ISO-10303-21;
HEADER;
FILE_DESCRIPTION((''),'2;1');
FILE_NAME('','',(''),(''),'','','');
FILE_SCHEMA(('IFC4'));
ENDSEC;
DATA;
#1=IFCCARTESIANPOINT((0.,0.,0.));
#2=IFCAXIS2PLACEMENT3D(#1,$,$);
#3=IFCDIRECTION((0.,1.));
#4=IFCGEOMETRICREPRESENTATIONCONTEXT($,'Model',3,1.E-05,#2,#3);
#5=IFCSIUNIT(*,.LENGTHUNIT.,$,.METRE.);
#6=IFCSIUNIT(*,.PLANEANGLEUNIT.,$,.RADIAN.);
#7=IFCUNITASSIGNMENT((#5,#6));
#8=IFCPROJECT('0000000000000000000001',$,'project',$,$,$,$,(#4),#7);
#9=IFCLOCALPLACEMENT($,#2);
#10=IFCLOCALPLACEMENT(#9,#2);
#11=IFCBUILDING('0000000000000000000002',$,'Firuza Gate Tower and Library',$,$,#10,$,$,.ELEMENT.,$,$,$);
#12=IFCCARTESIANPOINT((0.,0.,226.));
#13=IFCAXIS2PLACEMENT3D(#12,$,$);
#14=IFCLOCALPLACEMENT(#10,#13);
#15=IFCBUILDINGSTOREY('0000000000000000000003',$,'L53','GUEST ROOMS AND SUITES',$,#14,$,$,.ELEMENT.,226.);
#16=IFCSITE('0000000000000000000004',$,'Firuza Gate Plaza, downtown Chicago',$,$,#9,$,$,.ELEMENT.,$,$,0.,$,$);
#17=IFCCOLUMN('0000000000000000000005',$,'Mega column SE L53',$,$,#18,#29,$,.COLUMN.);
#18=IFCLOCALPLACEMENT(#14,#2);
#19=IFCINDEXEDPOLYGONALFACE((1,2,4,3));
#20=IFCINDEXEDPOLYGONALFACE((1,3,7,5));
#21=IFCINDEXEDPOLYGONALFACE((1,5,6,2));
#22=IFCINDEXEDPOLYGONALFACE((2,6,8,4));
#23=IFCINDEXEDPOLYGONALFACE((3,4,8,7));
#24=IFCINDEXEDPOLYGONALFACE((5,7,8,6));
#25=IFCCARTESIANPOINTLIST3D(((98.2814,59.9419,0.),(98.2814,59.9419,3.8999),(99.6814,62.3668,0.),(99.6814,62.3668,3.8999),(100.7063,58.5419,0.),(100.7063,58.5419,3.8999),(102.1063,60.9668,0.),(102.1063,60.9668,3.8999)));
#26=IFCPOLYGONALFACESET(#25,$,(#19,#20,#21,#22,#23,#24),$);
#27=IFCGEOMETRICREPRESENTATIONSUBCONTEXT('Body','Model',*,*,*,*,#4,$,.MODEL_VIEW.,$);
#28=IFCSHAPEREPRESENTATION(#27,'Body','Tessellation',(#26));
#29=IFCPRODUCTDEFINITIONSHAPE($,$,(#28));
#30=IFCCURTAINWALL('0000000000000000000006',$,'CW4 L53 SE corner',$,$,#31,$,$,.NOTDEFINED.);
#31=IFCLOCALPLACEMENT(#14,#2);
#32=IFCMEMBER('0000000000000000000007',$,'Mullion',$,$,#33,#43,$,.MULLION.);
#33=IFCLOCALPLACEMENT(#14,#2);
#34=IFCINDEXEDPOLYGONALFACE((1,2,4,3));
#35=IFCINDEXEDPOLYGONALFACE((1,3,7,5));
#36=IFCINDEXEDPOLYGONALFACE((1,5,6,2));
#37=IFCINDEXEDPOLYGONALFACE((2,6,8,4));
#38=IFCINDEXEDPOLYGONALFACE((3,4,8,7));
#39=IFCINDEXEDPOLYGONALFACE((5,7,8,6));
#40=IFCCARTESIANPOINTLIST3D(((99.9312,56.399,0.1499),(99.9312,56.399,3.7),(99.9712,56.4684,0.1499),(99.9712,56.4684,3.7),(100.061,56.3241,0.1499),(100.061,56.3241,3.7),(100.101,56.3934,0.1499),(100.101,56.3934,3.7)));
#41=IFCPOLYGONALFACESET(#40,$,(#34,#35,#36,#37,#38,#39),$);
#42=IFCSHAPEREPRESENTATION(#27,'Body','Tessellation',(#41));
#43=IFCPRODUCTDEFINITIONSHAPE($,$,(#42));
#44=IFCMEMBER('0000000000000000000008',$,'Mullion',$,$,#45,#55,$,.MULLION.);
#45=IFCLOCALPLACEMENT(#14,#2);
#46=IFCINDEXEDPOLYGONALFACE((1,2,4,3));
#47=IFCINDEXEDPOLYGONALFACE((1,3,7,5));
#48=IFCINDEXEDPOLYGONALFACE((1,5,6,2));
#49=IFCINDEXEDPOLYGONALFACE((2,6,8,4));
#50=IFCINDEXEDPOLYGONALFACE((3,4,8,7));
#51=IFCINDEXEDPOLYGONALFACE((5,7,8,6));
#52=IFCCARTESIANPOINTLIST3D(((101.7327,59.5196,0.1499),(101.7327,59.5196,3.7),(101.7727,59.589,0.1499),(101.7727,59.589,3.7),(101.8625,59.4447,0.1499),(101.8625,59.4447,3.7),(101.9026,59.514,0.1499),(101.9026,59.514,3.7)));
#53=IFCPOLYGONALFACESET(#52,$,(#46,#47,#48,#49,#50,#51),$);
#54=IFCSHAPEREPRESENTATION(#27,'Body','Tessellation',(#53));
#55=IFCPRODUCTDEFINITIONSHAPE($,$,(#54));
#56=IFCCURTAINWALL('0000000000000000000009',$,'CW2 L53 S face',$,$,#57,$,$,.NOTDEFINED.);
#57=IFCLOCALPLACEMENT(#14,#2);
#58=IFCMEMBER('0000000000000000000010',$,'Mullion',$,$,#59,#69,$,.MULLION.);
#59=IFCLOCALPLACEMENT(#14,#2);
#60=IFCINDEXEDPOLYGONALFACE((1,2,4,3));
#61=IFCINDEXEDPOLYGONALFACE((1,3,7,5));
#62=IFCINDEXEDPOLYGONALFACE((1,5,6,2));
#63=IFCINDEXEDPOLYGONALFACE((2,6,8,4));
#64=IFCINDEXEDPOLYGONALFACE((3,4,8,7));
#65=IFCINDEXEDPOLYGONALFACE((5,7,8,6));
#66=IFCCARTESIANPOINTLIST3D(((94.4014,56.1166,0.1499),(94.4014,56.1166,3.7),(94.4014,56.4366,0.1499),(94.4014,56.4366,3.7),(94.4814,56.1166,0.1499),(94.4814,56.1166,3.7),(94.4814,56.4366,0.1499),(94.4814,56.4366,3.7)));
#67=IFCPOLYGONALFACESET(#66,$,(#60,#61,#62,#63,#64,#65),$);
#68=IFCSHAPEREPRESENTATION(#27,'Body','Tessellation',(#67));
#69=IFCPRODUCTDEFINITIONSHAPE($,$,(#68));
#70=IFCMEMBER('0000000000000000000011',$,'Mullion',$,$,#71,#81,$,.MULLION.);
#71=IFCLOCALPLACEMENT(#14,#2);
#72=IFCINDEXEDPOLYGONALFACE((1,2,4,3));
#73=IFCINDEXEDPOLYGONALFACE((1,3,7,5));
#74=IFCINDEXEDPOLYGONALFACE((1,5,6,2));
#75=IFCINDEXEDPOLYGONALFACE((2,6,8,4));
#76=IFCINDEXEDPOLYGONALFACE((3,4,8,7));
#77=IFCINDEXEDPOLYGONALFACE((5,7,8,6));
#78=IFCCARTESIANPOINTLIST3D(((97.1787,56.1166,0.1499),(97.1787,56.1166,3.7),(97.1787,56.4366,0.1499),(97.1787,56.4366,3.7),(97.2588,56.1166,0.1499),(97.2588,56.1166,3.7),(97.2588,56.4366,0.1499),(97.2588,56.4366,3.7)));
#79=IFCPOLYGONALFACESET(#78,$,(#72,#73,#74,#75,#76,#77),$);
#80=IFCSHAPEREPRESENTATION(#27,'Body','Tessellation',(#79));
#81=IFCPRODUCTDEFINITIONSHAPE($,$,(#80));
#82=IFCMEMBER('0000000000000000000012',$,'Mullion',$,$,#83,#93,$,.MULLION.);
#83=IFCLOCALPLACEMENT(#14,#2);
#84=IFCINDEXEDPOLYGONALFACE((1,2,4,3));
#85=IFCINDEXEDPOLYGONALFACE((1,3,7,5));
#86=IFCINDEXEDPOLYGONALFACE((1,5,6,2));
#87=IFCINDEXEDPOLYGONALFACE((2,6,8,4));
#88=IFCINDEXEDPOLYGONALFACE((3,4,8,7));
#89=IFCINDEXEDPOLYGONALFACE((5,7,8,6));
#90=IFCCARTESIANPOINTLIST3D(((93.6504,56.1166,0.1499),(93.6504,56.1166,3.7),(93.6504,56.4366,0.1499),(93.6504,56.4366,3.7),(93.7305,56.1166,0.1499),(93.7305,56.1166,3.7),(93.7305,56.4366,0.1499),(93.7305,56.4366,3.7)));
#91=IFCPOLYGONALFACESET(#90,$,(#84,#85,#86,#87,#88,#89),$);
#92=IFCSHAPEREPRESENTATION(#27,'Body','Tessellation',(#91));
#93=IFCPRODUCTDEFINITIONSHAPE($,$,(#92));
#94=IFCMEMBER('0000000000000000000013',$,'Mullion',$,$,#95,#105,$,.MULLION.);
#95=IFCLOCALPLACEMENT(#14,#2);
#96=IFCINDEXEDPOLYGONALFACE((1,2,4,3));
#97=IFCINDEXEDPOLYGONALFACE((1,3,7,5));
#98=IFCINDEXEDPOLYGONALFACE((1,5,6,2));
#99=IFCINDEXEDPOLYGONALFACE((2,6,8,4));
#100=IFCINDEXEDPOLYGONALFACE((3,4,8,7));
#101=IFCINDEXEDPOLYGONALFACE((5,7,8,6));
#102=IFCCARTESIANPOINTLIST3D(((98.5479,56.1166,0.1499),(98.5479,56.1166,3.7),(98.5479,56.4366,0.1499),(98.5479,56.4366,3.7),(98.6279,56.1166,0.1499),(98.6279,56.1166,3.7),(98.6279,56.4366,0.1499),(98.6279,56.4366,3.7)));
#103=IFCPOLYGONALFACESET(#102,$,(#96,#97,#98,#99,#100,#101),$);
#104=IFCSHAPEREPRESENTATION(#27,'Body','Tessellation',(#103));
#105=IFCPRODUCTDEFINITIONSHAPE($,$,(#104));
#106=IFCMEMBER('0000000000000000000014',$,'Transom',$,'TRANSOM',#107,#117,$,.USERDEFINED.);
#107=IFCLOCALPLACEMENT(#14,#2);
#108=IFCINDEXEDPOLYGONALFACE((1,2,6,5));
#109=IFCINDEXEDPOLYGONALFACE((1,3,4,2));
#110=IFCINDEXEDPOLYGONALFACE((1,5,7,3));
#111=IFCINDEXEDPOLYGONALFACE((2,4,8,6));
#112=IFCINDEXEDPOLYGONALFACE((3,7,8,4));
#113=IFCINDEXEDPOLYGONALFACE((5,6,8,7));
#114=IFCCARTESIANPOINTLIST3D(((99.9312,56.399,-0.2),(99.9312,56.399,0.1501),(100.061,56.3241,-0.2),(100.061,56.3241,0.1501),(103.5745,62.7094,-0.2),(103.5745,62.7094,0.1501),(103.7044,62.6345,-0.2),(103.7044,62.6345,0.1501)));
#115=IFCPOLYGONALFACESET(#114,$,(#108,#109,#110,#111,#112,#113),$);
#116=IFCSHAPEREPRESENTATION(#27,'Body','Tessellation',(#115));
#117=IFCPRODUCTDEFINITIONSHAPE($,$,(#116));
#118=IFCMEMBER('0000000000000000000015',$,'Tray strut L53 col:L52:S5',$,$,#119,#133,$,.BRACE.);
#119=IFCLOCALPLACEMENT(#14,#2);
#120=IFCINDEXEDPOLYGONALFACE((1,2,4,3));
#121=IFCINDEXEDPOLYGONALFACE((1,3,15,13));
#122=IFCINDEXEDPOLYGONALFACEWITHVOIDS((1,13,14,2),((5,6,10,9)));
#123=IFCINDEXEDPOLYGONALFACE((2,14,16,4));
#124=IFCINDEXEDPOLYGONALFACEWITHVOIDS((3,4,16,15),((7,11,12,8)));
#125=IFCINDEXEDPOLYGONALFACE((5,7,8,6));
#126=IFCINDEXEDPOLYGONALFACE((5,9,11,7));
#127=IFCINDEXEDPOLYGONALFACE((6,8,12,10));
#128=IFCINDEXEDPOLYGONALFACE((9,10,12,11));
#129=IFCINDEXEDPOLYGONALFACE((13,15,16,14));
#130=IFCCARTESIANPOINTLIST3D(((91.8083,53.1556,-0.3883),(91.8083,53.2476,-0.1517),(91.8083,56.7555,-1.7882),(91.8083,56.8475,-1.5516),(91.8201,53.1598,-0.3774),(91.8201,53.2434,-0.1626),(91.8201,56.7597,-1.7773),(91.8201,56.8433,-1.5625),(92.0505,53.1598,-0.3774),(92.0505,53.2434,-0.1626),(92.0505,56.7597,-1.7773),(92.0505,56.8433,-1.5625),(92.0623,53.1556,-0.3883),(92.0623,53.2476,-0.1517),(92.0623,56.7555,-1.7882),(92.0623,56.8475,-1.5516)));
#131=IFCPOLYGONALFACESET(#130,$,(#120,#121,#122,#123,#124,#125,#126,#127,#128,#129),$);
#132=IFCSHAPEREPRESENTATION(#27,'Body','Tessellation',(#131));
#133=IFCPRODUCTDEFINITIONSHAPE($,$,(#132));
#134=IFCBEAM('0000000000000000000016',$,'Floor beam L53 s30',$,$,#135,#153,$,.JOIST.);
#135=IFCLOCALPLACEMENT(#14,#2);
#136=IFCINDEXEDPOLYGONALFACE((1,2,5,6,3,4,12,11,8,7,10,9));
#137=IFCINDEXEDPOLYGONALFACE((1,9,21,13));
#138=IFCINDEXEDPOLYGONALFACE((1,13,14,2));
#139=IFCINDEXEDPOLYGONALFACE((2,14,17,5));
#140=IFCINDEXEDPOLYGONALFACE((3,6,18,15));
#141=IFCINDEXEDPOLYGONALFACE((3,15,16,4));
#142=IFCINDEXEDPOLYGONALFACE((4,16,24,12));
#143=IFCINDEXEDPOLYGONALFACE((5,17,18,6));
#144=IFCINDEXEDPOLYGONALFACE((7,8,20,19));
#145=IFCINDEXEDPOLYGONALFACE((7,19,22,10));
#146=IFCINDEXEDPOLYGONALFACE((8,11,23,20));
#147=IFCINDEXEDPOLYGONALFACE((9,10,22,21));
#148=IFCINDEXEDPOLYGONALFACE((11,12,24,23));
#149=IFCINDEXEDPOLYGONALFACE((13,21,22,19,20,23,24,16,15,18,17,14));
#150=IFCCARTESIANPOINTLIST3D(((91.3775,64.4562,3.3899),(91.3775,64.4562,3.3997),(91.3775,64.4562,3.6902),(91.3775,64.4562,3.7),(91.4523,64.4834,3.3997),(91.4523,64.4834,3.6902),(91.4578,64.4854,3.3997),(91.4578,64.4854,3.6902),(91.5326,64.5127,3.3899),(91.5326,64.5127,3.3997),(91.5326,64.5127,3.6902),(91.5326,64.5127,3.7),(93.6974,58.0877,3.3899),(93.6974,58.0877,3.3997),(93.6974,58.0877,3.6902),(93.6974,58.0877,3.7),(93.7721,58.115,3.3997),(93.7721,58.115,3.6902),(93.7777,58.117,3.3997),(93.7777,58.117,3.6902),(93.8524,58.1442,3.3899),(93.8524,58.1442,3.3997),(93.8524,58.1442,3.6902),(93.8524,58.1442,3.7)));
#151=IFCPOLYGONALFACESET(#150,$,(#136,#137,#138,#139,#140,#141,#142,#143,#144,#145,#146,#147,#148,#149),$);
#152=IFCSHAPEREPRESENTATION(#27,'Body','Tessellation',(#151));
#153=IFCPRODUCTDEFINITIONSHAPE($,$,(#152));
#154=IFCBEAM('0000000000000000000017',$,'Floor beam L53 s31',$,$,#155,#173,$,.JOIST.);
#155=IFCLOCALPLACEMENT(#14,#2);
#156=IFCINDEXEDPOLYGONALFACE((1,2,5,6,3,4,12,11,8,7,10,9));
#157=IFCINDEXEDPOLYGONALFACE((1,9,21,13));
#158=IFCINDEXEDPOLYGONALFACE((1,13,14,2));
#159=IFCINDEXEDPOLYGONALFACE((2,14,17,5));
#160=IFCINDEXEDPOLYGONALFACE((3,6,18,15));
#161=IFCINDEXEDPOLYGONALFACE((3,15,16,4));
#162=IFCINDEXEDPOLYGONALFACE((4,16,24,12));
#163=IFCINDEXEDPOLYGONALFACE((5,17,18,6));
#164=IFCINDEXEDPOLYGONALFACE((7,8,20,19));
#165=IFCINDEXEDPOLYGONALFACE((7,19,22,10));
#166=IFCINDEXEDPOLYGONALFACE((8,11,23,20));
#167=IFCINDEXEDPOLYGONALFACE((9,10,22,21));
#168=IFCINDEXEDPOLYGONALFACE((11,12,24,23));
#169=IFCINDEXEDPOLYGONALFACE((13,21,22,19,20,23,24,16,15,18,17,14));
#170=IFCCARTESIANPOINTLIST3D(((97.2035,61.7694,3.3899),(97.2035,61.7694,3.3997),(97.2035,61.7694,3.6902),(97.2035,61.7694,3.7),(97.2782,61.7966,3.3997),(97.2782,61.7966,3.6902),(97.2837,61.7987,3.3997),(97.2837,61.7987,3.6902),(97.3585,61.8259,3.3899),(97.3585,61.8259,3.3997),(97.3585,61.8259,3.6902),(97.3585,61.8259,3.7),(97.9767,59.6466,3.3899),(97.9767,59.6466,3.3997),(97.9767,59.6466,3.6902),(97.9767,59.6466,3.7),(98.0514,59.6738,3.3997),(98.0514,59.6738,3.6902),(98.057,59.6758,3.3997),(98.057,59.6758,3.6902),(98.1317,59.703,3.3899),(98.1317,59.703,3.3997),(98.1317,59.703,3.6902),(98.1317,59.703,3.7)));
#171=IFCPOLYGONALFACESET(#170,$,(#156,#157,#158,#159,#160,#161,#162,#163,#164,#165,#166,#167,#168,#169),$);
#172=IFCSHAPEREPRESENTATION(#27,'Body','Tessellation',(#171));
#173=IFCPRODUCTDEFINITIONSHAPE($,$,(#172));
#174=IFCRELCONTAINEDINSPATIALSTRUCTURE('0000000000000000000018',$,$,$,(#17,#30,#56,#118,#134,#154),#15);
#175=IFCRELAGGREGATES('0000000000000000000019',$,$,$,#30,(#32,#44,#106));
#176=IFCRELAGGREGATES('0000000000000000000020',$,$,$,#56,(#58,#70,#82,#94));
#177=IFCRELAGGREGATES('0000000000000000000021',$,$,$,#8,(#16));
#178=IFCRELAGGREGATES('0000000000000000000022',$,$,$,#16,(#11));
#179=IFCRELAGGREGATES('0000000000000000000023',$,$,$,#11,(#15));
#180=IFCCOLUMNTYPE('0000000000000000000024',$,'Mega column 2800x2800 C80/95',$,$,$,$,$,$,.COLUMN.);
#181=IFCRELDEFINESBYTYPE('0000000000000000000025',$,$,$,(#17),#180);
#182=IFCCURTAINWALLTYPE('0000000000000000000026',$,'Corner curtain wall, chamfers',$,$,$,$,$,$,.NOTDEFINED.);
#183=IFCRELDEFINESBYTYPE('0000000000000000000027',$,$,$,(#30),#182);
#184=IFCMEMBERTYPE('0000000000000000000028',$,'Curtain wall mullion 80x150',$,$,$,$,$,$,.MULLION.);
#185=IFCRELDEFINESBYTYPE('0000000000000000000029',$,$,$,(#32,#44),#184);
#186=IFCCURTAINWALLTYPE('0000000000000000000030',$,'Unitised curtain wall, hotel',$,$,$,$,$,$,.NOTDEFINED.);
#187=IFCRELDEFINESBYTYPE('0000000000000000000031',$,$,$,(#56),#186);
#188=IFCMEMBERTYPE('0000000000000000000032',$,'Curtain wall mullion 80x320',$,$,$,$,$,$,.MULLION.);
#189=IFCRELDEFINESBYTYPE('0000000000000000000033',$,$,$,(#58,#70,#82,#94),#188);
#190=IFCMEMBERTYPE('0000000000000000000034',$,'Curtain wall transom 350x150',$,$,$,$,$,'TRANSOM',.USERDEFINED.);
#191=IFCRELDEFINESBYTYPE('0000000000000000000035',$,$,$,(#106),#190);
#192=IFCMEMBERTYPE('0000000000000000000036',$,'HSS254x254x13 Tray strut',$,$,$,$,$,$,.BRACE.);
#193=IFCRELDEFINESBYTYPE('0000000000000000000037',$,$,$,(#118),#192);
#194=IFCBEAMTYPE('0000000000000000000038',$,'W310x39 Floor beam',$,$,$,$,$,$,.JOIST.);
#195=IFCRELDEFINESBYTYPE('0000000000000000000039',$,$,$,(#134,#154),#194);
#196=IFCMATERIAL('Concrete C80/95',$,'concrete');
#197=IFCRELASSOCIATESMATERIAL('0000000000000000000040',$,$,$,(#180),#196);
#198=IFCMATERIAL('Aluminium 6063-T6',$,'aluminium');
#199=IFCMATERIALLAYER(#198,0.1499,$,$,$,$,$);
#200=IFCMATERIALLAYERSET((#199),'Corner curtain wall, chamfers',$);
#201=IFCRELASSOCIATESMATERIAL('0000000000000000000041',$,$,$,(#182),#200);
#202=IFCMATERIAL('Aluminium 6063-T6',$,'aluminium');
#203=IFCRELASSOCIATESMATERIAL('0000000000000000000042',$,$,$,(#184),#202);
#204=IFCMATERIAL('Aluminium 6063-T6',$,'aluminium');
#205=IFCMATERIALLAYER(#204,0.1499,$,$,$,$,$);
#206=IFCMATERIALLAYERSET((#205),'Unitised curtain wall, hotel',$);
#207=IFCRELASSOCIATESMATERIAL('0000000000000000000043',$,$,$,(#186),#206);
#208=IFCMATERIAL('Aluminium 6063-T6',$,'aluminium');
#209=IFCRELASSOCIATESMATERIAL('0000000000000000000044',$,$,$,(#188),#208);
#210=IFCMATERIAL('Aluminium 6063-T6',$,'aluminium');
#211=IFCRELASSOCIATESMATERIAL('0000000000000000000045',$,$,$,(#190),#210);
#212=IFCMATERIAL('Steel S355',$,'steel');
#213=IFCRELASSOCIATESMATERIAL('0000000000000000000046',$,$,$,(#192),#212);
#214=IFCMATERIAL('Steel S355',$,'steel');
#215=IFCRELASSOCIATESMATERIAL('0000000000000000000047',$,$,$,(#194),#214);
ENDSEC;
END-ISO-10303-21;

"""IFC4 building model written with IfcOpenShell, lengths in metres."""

from ifc_helpers import new_model, si_unit, direction, frame, origin, origin_2d, place, context, subcontext, project, spatial, rectangle, hollow_rectangle, i_section, extrude, material, layer, layer_set, material_profile, profile_set, type_object, element, aggregate, save


model = new_model("IFC4")

# Units and contexts
model_context = context("Model", 3, precision=1e-05, world=origin(), true_north=direction((0.0, 1.0)))
body_context = subcontext(model_context, "Body", "Model", "MODEL_VIEW")
ifc_project = project(units=[si_unit("LENGTHUNIT", "METRE"), si_unit("PLANEANGLEUNIT", "RADIAN")], contexts=[model_context])

# Site, building, storey
site_placement = place(None, origin())
site = spatial("IfcSite", under=ifc_project, at=site_placement, Name="Firuza Gate Plaza, downtown Chicago", CompositionType="ELEMENT", RefElevation=0.0)
building_placement = place(site_placement, origin())
building = spatial("IfcBuilding", under=site, at=building_placement, Name="Firuza Gate Tower and Library", CompositionType="ELEMENT")
storey_placement = place(building_placement, frame((0.0, 0.0, 226.0)))
storey = spatial("IfcBuildingStorey", under=building, at=storey_placement, Name="L53", Description="GUEST ROOMS AND SUITES", CompositionType="ELEMENT", Elevation=226.0)

# Column
ifc_material_1 = material(Name="Concrete C80/95", Category="concrete")
ifc_material_profile_1 = material_profile(ifc_material_1, rectangle(XDim=2.8, YDim=2.8, at=origin_2d()))
ifc_profile_set_1 = profile_set([ifc_material_profile_1], Name="Concrete C80/95")
column_type = type_object("IfcColumnType", Name="Mega column 2800x2800 C80/95", PredefinedType="COLUMN", material=ifc_profile_set_1)
column_placement = place(storey_placement, frame((100.1938, 60.4543, 0.0), z_axis=(0.0, 0.0, 1.0), x_axis=(0.5, 0.866025, 0.0)))
element("IfcColumn", 1, at=column_placement, inside=storey, type_object=column_type, Name="Mega column SE L53", PredefinedType="COLUMN", context=body_context, shape_type="SweptSolid", body=[
    extrude(rectangle(XDim=2.8, YDim=2.8, at=origin_2d()), origin(), (0.0, 0.0, 1.0), 3.8999),
])

# Curtain walls, members
ifc_material_2 = material(Name="Aluminium 6063-T6", Category="aluminium")
ifc_layer_1 = layer(ifc_material_2, 0.1499)
ifc_layer_set_1 = layer_set([ifc_layer_1], Name="Corner curtain wall, chamfers")
curtain_wall_type_1 = type_object("IfcCurtainWallType", Name="Corner curtain wall, chamfers", PredefinedType="NOTDEFINED", material=ifc_layer_set_1)
placement = place(storey_placement, origin())
curtain_wall_1 = element("IfcCurtainWall", 2, at=placement, inside=storey, type_object=curtain_wall_type_1, Name="CW4 L53 SE corner", PredefinedType="NOTDEFINED")
ifc_material_3 = material(Name="Aluminium 6063-T6", Category="aluminium")
ifc_material_profile_2 = material_profile(ifc_material_3, rectangle(XDim=0.1499, YDim=0.0801, at=origin_2d()))
ifc_profile_set_2 = profile_set([ifc_material_profile_2], Name="Aluminium 6063-T6")
member_type_1 = type_object("IfcMemberType", Name="Curtain wall mullion 80x150", PredefinedType="MULLION", material=ifc_profile_set_2)
member_1_placement = place(storey_placement, frame((100.0161, 56.3962, 0.1499), z_axis=(0.0, 0.0, 1.0), x_axis=(-0.866025, 0.5, 0.0)))
member_1 = element("IfcMember", 3, at=member_1_placement, type_object=member_type_1, Name="Mullion", PredefinedType="MULLION", context=body_context, shape_type="SweptSolid", body=[
    extrude(rectangle(XDim=0.1499, YDim=0.0801, at=origin_2d()), origin(), (0.0, 0.0, 1.0), 3.55),
])
member_2_placement = place(storey_placement, frame((101.8176, 59.5168, 0.1499), z_axis=(0.0, 0.0, 1.0), x_axis=(-0.866025, 0.5, 0.0)))
member_2 = element("IfcMember", 4, at=member_2_placement, type_object=member_type_1, Name="Mullion", PredefinedType="MULLION", context=body_context, shape_type="SweptSolid", body=[
    extrude(rectangle(XDim=0.1499, YDim=0.0801, at=origin_2d()), origin(), (0.0, 0.0, 1.0), 3.55),
])
ifc_material_4 = material(Name="Aluminium 6063-T6", Category="aluminium")
ifc_layer_2 = layer(ifc_material_4, 0.1499)
ifc_layer_set_2 = layer_set([ifc_layer_2], Name="Unitised curtain wall, hotel")
curtain_wall_type_2 = type_object("IfcCurtainWallType", Name="Unitised curtain wall, hotel", PredefinedType="NOTDEFINED", material=ifc_layer_set_2)
curtain_wall_2 = element("IfcCurtainWall", 5, at=placement, inside=storey, type_object=curtain_wall_type_2, Name="CW2 L53 S face", PredefinedType="NOTDEFINED")
ifc_material_5 = material(Name="Aluminium 6063-T6", Category="aluminium")
ifc_material_profile_3 = material_profile(ifc_material_5, rectangle(XDim=0.3201, YDim=0.0801, at=origin_2d()))
ifc_profile_set_3 = profile_set([ifc_material_profile_3], Name="Aluminium 6063-T6")
member_type_2 = type_object("IfcMemberType", Name="Curtain wall mullion 80x320", PredefinedType="MULLION", material=ifc_profile_set_3)
member_3_placement = place(storey_placement, frame((94.4414, 56.2766, 0.1499), z_axis=(0.0, 0.0, 1.0), x_axis=(0.0, 1.0, 0.0)))
member_3 = element("IfcMember", 6, at=member_3_placement, type_object=member_type_2, Name="Mullion", PredefinedType="MULLION", context=body_context, shape_type="SweptSolid", body=[
    extrude(rectangle(XDim=0.3201, YDim=0.0801, at=origin_2d()), origin(), (0.0, 0.0, 1.0), 3.55),
])
member_4_placement = place(storey_placement, frame((97.2188, 56.2766, 0.1499), z_axis=(0.0, 0.0, 1.0), x_axis=(0.0, 1.0, 0.0)))
member_4 = element("IfcMember", 7, at=member_4_placement, type_object=member_type_2, Name="Mullion", PredefinedType="MULLION", context=body_context, shape_type="SweptSolid", body=[
    extrude(rectangle(XDim=0.3201, YDim=0.0801, at=origin_2d()), origin(), (0.0, 0.0, 1.0), 3.55),
])
member_5_placement = place(storey_placement, frame((93.6904, 56.2766, 0.1499), z_axis=(0.0, 0.0, 1.0), x_axis=(0.0, 1.0, 0.0)))
member_5 = element("IfcMember", 8, at=member_5_placement, type_object=member_type_2, Name="Mullion", PredefinedType="MULLION", context=body_context, shape_type="SweptSolid", body=[
    extrude(rectangle(XDim=0.3201, YDim=0.0801, at=origin_2d()), origin(), (0.0, 0.0, 1.0), 3.55),
])
member_6_placement = place(storey_placement, frame((98.5879, 56.2766, 0.1499), z_axis=(0.0, 0.0, 1.0), x_axis=(0.0, 1.0, 0.0)))
member_6 = element("IfcMember", 9, at=member_6_placement, type_object=member_type_2, Name="Mullion", PredefinedType="MULLION", context=body_context, shape_type="SweptSolid", body=[
    extrude(rectangle(XDim=0.3201, YDim=0.0801, at=origin_2d()), origin(), (0.0, 0.0, 1.0), 3.55),
])

# Members
ifc_material_6 = material(Name="Aluminium 6063-T6", Category="aluminium")
ifc_material_profile_4 = material_profile(ifc_material_6, rectangle(XDim=0.1499, YDim=0.3501, at=origin_2d()))
ifc_profile_set_4 = profile_set([ifc_material_profile_4], Name="Aluminium 6063-T6")
member_type_3 = type_object("IfcMemberType", Name="Curtain wall transom 350x150", ElementType="TRANSOM", PredefinedType="USERDEFINED", material=ifc_profile_set_4)
member_7_placement = place(storey_placement, frame((99.9961, 56.3616, -0.0249), z_axis=(0.500006, 0.866022, 0.0), x_axis=(-0.866022, 0.500006, 0.0)))
member_7 = element("IfcMember", 10, at=member_7_placement, type_object=member_type_3, Name="Transom", ObjectType="TRANSOM", PredefinedType="USERDEFINED", context=body_context, shape_type="SweptSolid", body=[
    extrude(rectangle(XDim=0.1499, YDim=0.3501, at=origin_2d()), origin(), (0.0, 0.0, 1.0), 7.2866),
])
ifc_material_7 = material(Name="Steel S355", Category="steel")
ifc_material_profile_5 = material_profile(ifc_material_7, hollow_rectangle(XDim=0.2539, YDim=0.2539, WallThickness=0.0117, at=origin_2d()))
ifc_profile_set_5 = profile_set([ifc_material_profile_5], Name="Steel S355")
member_type_4 = type_object("IfcMemberType", Name="HSS254x254x13 Tray strut", PredefinedType="BRACE", material=ifc_profile_set_5)
member_8_placement = place(storey_placement, frame((91.9353, 56.8015, -1.6699), z_axis=(0.0, -0.932008, 0.362437), x_axis=(1.0, 0.0, 0.0)))
element("IfcMember", 11, at=member_8_placement, inside=storey, type_object=member_type_4, Name="Tray strut L53 col:L52:S5", PredefinedType="BRACE", context=body_context, shape_type="SweptSolid", body=[
    extrude(hollow_rectangle(XDim=0.2539, YDim=0.2539, WallThickness=0.0117, at=origin_2d()), origin(), (0.0, 0.0, 1.0), 3.8625),
])

# Beams
ifc_material_8 = material(Name="Steel S355", Category="steel")
ifc_material_profile_6 = material_profile(ifc_material_8, i_section(OverallWidth=0.165, OverallDepth=0.3101, WebThickness=0.0059, FlangeThickness=0.0098, at=origin_2d()))
ifc_profile_set_6 = profile_set([ifc_material_profile_6], Name="Steel S355")
beam_type_1 = type_object("IfcBeamType", Name="W310x39 Floor beam", PredefinedType="JOIST", material=ifc_profile_set_6)
beam_1_placement = place(storey_placement, frame((93.7749, 58.116, 3.5449), z_axis=(-0.342269, 0.939602, 0.0), x_axis=(-0.939602, -0.342269, 0.0)))
element("IfcBeam", 12, at=beam_1_placement, inside=storey, type_object=beam_type_1, Name="Floor beam L53 s30", PredefinedType="JOIST", context=body_context, shape_type="SweptSolid", body=[
    extrude(i_section(OverallWidth=0.165, OverallDepth=0.3101, WebThickness=0.0059, FlangeThickness=0.0098, at=origin_2d()), origin(), (0.0, 0.0, 1.0), 6.7778),
])
beam_2_placement = place(storey_placement, frame((98.0542, 59.6748, 3.5449), z_axis=(-0.342238, 0.939613, 0.0), x_axis=(-0.939613, -0.342238, 0.0)))
element("IfcBeam", 13, at=beam_2_placement, inside=storey, type_object=beam_type_1, Name="Floor beam L53 s31", PredefinedType="JOIST", context=body_context, shape_type="SweptSolid", body=[
    extrude(i_section(OverallWidth=0.165, OverallDepth=0.3101, WebThickness=0.0059, FlangeThickness=0.0098, at=origin_2d()), origin(), (0.0, 0.0, 1.0), 2.2593),
])

aggregate(curtain_wall_1, [member_1, member_2, member_7])
aggregate(curtain_wall_2, [member_3, member_4, member_5, member_6])

save(model, "model.ifc")
